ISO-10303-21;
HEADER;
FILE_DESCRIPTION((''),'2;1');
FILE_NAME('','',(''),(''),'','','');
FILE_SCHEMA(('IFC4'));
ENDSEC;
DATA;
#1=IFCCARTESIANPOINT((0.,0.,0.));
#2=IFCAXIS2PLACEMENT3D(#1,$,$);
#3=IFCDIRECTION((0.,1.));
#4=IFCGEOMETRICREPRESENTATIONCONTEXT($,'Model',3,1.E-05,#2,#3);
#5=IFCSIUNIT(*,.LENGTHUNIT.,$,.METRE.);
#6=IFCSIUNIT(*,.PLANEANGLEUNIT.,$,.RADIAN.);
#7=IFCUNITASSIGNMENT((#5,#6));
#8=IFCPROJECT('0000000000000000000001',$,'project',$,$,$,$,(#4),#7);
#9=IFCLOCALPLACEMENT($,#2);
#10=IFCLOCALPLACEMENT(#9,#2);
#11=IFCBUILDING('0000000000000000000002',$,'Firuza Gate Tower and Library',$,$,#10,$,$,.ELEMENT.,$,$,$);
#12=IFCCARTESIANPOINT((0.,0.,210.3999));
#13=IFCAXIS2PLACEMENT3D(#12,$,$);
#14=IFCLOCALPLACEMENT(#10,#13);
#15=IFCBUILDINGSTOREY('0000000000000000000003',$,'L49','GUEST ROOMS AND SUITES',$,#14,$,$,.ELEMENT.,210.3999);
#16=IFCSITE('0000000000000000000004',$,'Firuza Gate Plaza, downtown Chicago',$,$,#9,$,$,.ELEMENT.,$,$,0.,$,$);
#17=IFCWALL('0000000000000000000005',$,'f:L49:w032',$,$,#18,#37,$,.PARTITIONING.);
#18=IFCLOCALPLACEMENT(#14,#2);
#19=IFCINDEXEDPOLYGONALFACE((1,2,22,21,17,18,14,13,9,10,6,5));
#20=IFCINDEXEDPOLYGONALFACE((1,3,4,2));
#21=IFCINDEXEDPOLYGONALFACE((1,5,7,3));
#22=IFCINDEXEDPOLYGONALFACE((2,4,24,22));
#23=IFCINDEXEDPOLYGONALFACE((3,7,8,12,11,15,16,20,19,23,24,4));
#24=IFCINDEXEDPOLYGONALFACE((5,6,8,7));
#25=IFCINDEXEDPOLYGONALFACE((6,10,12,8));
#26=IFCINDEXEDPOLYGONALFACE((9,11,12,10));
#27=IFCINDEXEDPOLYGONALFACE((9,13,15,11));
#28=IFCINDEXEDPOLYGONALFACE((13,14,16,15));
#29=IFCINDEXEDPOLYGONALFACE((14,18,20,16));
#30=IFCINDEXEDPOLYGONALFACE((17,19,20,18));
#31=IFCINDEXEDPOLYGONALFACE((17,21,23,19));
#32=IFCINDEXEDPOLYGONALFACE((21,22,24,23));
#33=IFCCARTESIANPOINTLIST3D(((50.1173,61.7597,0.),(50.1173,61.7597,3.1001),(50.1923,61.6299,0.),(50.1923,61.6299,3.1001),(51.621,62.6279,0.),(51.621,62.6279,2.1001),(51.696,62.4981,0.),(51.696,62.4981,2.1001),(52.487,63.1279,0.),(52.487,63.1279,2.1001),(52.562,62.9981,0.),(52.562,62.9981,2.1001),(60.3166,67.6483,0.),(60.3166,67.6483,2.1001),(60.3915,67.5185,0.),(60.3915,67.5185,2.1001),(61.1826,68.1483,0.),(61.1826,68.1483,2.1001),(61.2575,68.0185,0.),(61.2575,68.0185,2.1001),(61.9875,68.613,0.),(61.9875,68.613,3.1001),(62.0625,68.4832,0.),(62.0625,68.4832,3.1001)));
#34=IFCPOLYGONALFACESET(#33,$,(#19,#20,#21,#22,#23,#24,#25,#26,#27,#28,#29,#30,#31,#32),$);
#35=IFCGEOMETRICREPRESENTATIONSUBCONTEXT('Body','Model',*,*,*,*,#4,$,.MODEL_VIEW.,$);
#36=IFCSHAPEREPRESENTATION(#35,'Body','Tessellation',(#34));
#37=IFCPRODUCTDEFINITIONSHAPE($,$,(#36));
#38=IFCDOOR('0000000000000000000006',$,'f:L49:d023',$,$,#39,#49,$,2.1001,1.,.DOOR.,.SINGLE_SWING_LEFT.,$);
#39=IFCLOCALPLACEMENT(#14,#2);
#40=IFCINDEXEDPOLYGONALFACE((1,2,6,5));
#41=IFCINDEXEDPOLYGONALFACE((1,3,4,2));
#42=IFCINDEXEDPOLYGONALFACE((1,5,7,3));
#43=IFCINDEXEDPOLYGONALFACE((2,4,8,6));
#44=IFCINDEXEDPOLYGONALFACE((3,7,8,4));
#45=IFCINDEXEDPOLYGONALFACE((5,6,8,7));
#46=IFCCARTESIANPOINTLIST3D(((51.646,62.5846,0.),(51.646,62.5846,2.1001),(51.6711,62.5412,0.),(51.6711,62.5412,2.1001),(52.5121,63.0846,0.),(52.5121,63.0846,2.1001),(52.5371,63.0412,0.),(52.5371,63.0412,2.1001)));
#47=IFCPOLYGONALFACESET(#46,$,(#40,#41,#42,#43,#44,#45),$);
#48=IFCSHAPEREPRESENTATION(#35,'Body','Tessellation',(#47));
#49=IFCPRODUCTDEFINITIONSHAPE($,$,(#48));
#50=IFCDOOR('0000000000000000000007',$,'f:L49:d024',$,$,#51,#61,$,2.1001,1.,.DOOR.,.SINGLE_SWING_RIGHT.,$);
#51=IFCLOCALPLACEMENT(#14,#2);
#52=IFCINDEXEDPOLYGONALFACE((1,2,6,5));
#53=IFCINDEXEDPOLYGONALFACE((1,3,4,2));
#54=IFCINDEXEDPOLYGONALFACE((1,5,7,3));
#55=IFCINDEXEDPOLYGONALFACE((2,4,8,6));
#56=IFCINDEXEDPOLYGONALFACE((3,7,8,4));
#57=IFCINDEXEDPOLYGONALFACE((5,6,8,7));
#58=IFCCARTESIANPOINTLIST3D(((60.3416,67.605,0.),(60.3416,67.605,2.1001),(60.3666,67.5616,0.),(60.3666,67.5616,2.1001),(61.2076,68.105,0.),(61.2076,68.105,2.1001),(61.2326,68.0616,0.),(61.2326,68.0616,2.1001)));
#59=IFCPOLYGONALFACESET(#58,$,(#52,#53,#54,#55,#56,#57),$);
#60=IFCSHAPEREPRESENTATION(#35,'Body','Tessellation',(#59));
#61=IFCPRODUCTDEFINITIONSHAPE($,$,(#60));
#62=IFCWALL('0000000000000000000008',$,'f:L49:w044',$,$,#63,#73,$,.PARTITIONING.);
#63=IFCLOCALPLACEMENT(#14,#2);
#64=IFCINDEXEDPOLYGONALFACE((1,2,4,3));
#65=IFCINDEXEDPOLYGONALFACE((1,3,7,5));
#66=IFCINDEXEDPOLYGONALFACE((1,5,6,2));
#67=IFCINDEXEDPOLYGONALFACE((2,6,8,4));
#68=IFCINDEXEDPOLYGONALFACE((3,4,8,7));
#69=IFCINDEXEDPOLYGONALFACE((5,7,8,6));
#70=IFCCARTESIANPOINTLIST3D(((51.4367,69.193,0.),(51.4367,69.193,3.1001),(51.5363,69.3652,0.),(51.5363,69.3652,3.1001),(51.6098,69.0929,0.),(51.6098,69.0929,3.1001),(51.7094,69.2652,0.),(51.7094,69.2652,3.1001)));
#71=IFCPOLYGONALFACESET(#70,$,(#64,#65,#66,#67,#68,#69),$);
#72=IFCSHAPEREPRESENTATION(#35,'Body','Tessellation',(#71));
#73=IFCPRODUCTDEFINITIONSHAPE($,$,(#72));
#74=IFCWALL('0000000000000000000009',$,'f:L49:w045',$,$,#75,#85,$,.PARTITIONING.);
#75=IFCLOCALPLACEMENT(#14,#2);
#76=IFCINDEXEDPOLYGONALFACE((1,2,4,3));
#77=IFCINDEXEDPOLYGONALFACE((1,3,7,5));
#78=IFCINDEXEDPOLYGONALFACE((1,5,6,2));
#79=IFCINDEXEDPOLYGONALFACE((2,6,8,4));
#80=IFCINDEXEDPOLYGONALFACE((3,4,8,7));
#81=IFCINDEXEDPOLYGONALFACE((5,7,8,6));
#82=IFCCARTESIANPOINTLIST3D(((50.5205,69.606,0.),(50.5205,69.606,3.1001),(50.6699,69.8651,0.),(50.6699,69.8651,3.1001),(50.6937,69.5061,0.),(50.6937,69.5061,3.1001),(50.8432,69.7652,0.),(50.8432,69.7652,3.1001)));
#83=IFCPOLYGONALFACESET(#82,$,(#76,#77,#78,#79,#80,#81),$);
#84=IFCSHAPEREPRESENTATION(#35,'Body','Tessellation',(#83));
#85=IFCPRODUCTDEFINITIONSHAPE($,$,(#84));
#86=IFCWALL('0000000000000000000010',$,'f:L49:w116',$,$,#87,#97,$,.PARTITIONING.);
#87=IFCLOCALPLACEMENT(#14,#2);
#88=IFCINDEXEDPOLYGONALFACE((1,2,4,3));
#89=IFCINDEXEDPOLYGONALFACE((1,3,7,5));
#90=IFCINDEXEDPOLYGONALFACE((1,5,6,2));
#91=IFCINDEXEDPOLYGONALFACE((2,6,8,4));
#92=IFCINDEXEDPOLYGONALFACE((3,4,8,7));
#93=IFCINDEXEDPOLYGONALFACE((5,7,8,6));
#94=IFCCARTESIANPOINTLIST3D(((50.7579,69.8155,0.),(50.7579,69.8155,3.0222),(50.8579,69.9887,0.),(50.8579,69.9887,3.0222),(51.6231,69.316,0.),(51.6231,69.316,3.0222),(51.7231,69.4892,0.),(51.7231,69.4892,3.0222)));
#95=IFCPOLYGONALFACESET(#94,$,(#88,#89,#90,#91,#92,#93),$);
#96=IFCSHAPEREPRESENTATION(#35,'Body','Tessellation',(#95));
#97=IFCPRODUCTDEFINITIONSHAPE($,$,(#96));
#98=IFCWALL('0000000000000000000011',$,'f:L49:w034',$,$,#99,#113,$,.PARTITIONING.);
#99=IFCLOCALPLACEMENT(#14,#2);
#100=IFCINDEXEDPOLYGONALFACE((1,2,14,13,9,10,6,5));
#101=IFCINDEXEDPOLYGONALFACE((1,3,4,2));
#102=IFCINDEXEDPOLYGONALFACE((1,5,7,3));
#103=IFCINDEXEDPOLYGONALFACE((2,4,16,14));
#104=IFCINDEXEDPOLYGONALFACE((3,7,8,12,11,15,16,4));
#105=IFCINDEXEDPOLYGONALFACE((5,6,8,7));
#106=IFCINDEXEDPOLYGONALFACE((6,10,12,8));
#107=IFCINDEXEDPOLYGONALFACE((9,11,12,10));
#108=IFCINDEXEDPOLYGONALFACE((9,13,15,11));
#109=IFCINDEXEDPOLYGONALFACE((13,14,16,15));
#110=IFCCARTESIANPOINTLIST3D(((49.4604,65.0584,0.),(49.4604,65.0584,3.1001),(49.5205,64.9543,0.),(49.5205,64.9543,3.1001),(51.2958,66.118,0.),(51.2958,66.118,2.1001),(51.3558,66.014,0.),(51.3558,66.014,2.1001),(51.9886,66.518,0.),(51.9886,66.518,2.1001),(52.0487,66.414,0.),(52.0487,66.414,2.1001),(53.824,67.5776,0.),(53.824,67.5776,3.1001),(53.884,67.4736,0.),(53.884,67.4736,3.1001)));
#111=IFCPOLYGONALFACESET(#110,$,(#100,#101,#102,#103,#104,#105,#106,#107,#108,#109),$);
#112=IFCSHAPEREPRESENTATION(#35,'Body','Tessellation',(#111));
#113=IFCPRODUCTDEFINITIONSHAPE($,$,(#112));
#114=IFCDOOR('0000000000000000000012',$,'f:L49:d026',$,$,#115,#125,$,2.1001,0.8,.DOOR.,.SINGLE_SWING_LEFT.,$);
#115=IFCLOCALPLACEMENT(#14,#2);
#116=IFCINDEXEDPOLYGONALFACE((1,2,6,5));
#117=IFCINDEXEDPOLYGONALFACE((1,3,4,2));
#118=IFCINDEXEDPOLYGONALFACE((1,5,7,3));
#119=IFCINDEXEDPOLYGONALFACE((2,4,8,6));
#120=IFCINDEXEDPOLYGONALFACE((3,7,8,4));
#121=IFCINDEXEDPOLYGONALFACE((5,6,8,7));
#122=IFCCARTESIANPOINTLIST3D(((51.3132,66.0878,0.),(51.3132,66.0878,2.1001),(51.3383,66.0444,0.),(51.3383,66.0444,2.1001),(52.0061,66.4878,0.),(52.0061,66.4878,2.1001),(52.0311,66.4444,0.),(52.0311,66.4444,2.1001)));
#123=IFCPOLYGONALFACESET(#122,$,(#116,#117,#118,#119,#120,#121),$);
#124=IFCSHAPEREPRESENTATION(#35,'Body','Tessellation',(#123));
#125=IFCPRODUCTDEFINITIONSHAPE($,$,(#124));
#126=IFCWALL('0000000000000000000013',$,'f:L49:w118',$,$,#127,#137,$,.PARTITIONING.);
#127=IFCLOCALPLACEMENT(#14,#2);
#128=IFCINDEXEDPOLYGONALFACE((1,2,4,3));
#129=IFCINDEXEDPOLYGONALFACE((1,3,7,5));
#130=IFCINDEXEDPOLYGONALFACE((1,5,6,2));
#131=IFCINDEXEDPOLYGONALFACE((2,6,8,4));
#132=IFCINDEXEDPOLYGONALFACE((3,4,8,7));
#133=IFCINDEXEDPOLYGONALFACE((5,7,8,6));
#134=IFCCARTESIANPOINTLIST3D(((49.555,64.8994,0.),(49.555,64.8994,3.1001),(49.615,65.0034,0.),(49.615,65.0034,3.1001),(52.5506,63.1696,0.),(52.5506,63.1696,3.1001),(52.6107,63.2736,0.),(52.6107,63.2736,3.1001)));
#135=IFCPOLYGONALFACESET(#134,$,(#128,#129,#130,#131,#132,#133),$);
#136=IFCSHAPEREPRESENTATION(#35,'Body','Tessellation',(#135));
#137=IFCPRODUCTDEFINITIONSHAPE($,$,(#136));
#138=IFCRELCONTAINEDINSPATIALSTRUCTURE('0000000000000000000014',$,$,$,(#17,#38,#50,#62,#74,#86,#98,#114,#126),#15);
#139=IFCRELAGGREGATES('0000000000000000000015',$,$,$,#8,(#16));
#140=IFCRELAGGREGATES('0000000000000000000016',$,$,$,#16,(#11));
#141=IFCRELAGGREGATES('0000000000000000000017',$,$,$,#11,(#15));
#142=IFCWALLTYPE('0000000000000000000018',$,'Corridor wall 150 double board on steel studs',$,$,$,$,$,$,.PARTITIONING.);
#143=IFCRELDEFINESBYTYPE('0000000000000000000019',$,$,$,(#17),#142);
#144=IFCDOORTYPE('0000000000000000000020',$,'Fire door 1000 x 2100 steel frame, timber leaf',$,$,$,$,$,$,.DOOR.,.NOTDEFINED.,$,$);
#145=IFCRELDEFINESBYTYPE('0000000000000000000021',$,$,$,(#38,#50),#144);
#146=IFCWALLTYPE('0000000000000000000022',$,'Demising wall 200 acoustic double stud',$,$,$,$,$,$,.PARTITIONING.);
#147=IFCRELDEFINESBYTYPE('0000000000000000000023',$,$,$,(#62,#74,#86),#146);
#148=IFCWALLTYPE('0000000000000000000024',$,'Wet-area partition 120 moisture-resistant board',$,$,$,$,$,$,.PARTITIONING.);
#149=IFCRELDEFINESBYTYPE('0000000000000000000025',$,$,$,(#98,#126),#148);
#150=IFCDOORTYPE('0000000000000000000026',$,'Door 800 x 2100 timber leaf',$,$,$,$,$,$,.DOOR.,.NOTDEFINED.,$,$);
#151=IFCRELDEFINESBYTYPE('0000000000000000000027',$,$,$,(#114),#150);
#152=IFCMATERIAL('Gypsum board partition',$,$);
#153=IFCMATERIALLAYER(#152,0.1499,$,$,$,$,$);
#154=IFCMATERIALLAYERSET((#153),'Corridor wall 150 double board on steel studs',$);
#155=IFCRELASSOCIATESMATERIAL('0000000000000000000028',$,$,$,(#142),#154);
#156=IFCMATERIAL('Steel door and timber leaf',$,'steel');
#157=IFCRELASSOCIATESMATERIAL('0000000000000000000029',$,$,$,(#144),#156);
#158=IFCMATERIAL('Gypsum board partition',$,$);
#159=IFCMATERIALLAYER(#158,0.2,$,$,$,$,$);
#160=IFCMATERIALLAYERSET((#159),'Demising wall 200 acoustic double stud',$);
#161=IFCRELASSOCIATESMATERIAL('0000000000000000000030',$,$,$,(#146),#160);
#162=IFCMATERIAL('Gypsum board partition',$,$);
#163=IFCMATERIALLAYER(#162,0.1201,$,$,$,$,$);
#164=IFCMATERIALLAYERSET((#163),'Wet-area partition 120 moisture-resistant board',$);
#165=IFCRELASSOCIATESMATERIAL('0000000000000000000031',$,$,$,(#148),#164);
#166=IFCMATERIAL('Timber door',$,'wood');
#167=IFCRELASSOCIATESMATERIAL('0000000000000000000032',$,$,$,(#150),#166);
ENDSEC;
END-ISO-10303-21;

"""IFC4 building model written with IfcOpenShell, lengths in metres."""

from ifc_helpers import new_model, si_unit, direction, frame, frame_2d, origin, place, context, subcontext, project, spatial, rectangle, extrude, material, layer, layer_set, type_object, element, fill, save


model = new_model("IFC4")

# Units and contexts
model_context = context("Model", 3, precision=1e-05, world=origin(), true_north=direction((0.0, 1.0)))
body_context = subcontext(model_context, "Body", "Model", "MODEL_VIEW")
ifc_project = project(units=[si_unit("LENGTHUNIT", "METRE"), si_unit("PLANEANGLEUNIT", "RADIAN")], contexts=[model_context])

# Site, building, storey
site_placement = place(None, origin())
site = spatial("IfcSite", under=ifc_project, at=site_placement, Name="Firuza Gate Plaza, downtown Chicago", CompositionType="ELEMENT", RefElevation=0.0)
building_placement = place(site_placement, origin())
building = spatial("IfcBuilding", under=site, at=building_placement, Name="Firuza Gate Tower and Library", CompositionType="ELEMENT")
storey_placement = place(building_placement, frame((0.0, 0.0, 210.3999)))
storey = spatial("IfcBuildingStorey", under=building, at=storey_placement, Name="L49", Description="GUEST ROOMS AND SUITES", CompositionType="ELEMENT", Elevation=210.3999)

# Wall, openings, doors
ifc_material_1 = material(Name="Gypsum board partition")
ifc_layer_1 = layer(ifc_material_1, 0.1499)
ifc_layer_set_1 = layer_set([ifc_layer_1], Name="Corridor wall 150 double board on steel studs")
wall_type_1 = type_object("IfcWallType", Name="Corridor wall 150 double board on steel studs", PredefinedType="PARTITIONING", material=ifc_layer_set_1)
wall_1_placement = place(storey_placement, frame((50.1548, 61.6948, 0.0), z_axis=(0.0, 0.0, 1.0), x_axis=(0.866024, 0.500003, 0.0)))
wall_1 = element("IfcWall", 1, at=wall_1_placement, inside=storey, type_object=wall_type_1, Name="f:L49:w032", PredefinedType="PARTITIONING", context=body_context, shape_type="SweptSolid", body=[
    extrude(rectangle(XDim=13.7065, YDim=0.1499, at=frame_2d((6.8533, 0.0))), origin(), (0.0, 0.0, 1.0), 3.1001),
])
opening_1_placement = place(wall_1_placement, frame((1.7363, 0.0, 0.0)))
opening_1 = element("IfcOpeningElement", 2, at=opening_1_placement, cuts=wall_1, PredefinedType="OPENING", context=body_context, shape_type="SweptSolid", body=[
    extrude(rectangle(XDim=1.0, YDim=2.1001, at=frame_2d((0.5, 1.05))), frame((0.0, 0.085, 0.0), z_axis=(0.0, -1.0, 0.0), x_axis=(1.0, 0.0, 0.0)), (0.0, 0.0, 1.0), 0.1699),
])
opening_2_placement = place(wall_1_placement, frame((11.7771, 0.0, 0.0)))
opening_2 = element("IfcOpeningElement", 3, at=opening_2_placement, cuts=wall_1, PredefinedType="OPENING", context=body_context, shape_type="SweptSolid", body=[
    extrude(rectangle(XDim=1.0, YDim=2.1001, at=frame_2d((0.5, 1.05))), frame((0.0, 0.085, 0.0), z_axis=(0.0, -1.0, 0.0), x_axis=(1.0, 0.0, 0.0)), (0.0, 0.0, 1.0), 0.1699),
])
ifc_material_2 = material(Name="Steel door and timber leaf", Category="steel")
door_type_1 = type_object("IfcDoorType", Name="Fire door 1000 x 2100 steel frame, timber leaf", OperationType="NOTDEFINED", PredefinedType="DOOR", material=ifc_material_2)
door_1_placement = place(opening_1_placement, origin())
door_1 = element("IfcDoor", 4, at=door_1_placement, inside=storey, type_object=door_type_1, Name="f:L49:d023", OperationType="SINGLE_SWING_LEFT", OverallHeight=2.1001, OverallWidth=1.0, PredefinedType="DOOR", context=body_context, shape_type="SweptSolid", body=[
    extrude(rectangle(XDim=1.0, YDim=2.1001, at=frame_2d((0.5, 1.05))), frame((0.0, 0.0249, 0.0), z_axis=(0.0, -1.0, 0.0), x_axis=(1.0, 0.0, 0.0)), (0.0, 0.0, 1.0), 0.05),
])
fill(opening_1, door_1)
door_2_placement = place(opening_2_placement, origin())
door_2 = element("IfcDoor", 5, at=door_2_placement, inside=storey, type_object=door_type_1, Name="f:L49:d024", OperationType="SINGLE_SWING_RIGHT", OverallHeight=2.1001, OverallWidth=1.0, PredefinedType="DOOR", context=body_context, shape_type="SweptSolid", body=[
    extrude(rectangle(XDim=1.0, YDim=2.1001, at=frame_2d((0.5, 1.05))), frame((0.0, 0.0249, 0.0), z_axis=(0.0, -1.0, 0.0), x_axis=(1.0, 0.0, 0.0)), (0.0, 0.0, 1.0), 0.05),
])
fill(opening_2, door_2)

# Walls
ifc_material_3 = material(Name="Gypsum board partition")
ifc_layer_2 = layer(ifc_material_3, 0.2)
ifc_layer_set_2 = layer_set([ifc_layer_2], Name="Demising wall 200 acoustic double stud")
wall_type_2 = type_object("IfcWallType", Name="Demising wall 200 acoustic double stud", PredefinedType="PARTITIONING", material=ifc_layer_set_2)
wall_2_placement = place(storey_placement, frame((51.5232, 69.1428, 0.0), z_axis=(0.0, 0.0, 1.0), x_axis=(0.500359, 0.865818, 0.0)))
element("IfcWall", 6, at=wall_2_placement, inside=storey, type_object=wall_type_2, Name="f:L49:w044", PredefinedType="PARTITIONING", context=body_context, shape_type="SweptSolid", body=[
    extrude(rectangle(XDim=0.199, YDim=0.2, at=frame_2d((0.0996, 0.0))), origin(), (0.0, 0.0, 1.0), 3.1001),
])
wall_3_placement = place(storey_placement, frame((50.6072, 69.5562, 0.0), z_axis=(0.0, 0.0, 1.0), x_axis=(0.499652, 0.866226, 0.0)))
element("IfcWall", 7, at=wall_3_placement, inside=storey, type_object=wall_type_2, Name="f:L49:w045", PredefinedType="PARTITIONING", context=body_context, shape_type="SweptSolid", body=[
    extrude(rectangle(XDim=0.2991, YDim=0.2, at=frame_2d((0.1494, 0.0))), origin(), (0.0, 0.0, 1.0), 3.1001),
])
wall_4_placement = place(storey_placement, frame((51.6731, 69.4026, 0.0), z_axis=(0.0, 0.0, 1.0), x_axis=(-0.866039, 0.499976, 0.0)))
element("IfcWall", 8, at=wall_4_placement, inside=storey, type_object=wall_type_2, Name="f:L49:w116", PredefinedType="PARTITIONING", context=body_context, shape_type="SweptSolid", body=[
    extrude(rectangle(XDim=0.999, YDim=0.2, at=frame_2d((0.4995, 0.0))), origin(), (0.0, 0.0, 1.0), 3.0222),
])

# Wall, opening, door
ifc_material_4 = material(Name="Gypsum board partition")
ifc_layer_3 = layer(ifc_material_4, 0.1201)
ifc_layer_set_3 = layer_set([ifc_layer_3], Name="Wet-area partition 120 moisture-resistant board")
wall_type_3 = type_object("IfcWallType", Name="Wet-area partition 120 moisture-resistant board", PredefinedType="PARTITIONING", material=ifc_layer_set_3)
wall_5_placement = place(storey_placement, frame((53.854, 67.5256, 0.0), z_axis=(0.0, 0.0, 1.0), x_axis=(-0.866025, -0.500001, 0.0)))
wall_5 = element("IfcWall", 9, at=wall_5_placement, inside=storey, type_object=wall_type_3, Name="f:L49:w034", PredefinedType="PARTITIONING", context=body_context, shape_type="SweptSolid", body=[
    extrude(rectangle(XDim=5.0386, YDim=0.1201, at=frame_2d((2.5193, 0.0))), origin(), (0.0, 0.0, 1.0), 3.1001),
])
opening_3_placement = place(wall_5_placement, frame((2.1194, 0.0, 0.0)))
opening_3 = element("IfcOpeningElement", 10, at=opening_3_placement, cuts=wall_5, PredefinedType="OPENING", context=body_context, shape_type="SweptSolid", body=[
    extrude(rectangle(XDim=0.8, YDim=2.1001, at=frame_2d((0.3999, 1.05))), frame((0.0, 0.0701, 0.0), z_axis=(0.0, -1.0, 0.0), x_axis=(1.0, 0.0, 0.0)), (0.0, 0.0, 1.0), 0.1401),
])
ifc_material_5 = material(Name="Timber door", Category="wood")
door_type_2 = type_object("IfcDoorType", Name="Door 800 x 2100 timber leaf", OperationType="NOTDEFINED", PredefinedType="DOOR", material=ifc_material_5)
door_3_placement = place(opening_3_placement, origin())
door_3 = element("IfcDoor", 11, at=door_3_placement, inside=storey, type_object=door_type_2, Name="f:L49:d026", OperationType="SINGLE_SWING_LEFT", OverallHeight=2.1001, OverallWidth=0.8, PredefinedType="DOOR", context=body_context, shape_type="SweptSolid", body=[
    extrude(rectangle(XDim=0.8, YDim=2.1001, at=frame_2d((0.3999, 1.05))), frame((0.0, 0.0249, 0.0), z_axis=(0.0, -1.0, 0.0), x_axis=(1.0, 0.0, 0.0)), (0.0, 0.0, 1.0), 0.05),
])
fill(opening_3, door_3)

# Wall
wall_6_placement = place(storey_placement, frame((52.5806, 63.2217, 0.0), z_axis=(0.0, 0.0, 1.0), x_axis=(-0.865998, 0.500048, 0.0)))
element("IfcWall", 12, at=wall_6_placement, inside=storey, type_object=wall_type_3, Name="f:L49:w118", PredefinedType="PARTITIONING", context=body_context, shape_type="SweptSolid", body=[
    extrude(rectangle(XDim=3.4592, YDim=0.1201, at=frame_2d((1.7295, 0.0))), origin(), (0.0, 0.0, 1.0), 3.1001),
])

save(model, "model.ifc")
